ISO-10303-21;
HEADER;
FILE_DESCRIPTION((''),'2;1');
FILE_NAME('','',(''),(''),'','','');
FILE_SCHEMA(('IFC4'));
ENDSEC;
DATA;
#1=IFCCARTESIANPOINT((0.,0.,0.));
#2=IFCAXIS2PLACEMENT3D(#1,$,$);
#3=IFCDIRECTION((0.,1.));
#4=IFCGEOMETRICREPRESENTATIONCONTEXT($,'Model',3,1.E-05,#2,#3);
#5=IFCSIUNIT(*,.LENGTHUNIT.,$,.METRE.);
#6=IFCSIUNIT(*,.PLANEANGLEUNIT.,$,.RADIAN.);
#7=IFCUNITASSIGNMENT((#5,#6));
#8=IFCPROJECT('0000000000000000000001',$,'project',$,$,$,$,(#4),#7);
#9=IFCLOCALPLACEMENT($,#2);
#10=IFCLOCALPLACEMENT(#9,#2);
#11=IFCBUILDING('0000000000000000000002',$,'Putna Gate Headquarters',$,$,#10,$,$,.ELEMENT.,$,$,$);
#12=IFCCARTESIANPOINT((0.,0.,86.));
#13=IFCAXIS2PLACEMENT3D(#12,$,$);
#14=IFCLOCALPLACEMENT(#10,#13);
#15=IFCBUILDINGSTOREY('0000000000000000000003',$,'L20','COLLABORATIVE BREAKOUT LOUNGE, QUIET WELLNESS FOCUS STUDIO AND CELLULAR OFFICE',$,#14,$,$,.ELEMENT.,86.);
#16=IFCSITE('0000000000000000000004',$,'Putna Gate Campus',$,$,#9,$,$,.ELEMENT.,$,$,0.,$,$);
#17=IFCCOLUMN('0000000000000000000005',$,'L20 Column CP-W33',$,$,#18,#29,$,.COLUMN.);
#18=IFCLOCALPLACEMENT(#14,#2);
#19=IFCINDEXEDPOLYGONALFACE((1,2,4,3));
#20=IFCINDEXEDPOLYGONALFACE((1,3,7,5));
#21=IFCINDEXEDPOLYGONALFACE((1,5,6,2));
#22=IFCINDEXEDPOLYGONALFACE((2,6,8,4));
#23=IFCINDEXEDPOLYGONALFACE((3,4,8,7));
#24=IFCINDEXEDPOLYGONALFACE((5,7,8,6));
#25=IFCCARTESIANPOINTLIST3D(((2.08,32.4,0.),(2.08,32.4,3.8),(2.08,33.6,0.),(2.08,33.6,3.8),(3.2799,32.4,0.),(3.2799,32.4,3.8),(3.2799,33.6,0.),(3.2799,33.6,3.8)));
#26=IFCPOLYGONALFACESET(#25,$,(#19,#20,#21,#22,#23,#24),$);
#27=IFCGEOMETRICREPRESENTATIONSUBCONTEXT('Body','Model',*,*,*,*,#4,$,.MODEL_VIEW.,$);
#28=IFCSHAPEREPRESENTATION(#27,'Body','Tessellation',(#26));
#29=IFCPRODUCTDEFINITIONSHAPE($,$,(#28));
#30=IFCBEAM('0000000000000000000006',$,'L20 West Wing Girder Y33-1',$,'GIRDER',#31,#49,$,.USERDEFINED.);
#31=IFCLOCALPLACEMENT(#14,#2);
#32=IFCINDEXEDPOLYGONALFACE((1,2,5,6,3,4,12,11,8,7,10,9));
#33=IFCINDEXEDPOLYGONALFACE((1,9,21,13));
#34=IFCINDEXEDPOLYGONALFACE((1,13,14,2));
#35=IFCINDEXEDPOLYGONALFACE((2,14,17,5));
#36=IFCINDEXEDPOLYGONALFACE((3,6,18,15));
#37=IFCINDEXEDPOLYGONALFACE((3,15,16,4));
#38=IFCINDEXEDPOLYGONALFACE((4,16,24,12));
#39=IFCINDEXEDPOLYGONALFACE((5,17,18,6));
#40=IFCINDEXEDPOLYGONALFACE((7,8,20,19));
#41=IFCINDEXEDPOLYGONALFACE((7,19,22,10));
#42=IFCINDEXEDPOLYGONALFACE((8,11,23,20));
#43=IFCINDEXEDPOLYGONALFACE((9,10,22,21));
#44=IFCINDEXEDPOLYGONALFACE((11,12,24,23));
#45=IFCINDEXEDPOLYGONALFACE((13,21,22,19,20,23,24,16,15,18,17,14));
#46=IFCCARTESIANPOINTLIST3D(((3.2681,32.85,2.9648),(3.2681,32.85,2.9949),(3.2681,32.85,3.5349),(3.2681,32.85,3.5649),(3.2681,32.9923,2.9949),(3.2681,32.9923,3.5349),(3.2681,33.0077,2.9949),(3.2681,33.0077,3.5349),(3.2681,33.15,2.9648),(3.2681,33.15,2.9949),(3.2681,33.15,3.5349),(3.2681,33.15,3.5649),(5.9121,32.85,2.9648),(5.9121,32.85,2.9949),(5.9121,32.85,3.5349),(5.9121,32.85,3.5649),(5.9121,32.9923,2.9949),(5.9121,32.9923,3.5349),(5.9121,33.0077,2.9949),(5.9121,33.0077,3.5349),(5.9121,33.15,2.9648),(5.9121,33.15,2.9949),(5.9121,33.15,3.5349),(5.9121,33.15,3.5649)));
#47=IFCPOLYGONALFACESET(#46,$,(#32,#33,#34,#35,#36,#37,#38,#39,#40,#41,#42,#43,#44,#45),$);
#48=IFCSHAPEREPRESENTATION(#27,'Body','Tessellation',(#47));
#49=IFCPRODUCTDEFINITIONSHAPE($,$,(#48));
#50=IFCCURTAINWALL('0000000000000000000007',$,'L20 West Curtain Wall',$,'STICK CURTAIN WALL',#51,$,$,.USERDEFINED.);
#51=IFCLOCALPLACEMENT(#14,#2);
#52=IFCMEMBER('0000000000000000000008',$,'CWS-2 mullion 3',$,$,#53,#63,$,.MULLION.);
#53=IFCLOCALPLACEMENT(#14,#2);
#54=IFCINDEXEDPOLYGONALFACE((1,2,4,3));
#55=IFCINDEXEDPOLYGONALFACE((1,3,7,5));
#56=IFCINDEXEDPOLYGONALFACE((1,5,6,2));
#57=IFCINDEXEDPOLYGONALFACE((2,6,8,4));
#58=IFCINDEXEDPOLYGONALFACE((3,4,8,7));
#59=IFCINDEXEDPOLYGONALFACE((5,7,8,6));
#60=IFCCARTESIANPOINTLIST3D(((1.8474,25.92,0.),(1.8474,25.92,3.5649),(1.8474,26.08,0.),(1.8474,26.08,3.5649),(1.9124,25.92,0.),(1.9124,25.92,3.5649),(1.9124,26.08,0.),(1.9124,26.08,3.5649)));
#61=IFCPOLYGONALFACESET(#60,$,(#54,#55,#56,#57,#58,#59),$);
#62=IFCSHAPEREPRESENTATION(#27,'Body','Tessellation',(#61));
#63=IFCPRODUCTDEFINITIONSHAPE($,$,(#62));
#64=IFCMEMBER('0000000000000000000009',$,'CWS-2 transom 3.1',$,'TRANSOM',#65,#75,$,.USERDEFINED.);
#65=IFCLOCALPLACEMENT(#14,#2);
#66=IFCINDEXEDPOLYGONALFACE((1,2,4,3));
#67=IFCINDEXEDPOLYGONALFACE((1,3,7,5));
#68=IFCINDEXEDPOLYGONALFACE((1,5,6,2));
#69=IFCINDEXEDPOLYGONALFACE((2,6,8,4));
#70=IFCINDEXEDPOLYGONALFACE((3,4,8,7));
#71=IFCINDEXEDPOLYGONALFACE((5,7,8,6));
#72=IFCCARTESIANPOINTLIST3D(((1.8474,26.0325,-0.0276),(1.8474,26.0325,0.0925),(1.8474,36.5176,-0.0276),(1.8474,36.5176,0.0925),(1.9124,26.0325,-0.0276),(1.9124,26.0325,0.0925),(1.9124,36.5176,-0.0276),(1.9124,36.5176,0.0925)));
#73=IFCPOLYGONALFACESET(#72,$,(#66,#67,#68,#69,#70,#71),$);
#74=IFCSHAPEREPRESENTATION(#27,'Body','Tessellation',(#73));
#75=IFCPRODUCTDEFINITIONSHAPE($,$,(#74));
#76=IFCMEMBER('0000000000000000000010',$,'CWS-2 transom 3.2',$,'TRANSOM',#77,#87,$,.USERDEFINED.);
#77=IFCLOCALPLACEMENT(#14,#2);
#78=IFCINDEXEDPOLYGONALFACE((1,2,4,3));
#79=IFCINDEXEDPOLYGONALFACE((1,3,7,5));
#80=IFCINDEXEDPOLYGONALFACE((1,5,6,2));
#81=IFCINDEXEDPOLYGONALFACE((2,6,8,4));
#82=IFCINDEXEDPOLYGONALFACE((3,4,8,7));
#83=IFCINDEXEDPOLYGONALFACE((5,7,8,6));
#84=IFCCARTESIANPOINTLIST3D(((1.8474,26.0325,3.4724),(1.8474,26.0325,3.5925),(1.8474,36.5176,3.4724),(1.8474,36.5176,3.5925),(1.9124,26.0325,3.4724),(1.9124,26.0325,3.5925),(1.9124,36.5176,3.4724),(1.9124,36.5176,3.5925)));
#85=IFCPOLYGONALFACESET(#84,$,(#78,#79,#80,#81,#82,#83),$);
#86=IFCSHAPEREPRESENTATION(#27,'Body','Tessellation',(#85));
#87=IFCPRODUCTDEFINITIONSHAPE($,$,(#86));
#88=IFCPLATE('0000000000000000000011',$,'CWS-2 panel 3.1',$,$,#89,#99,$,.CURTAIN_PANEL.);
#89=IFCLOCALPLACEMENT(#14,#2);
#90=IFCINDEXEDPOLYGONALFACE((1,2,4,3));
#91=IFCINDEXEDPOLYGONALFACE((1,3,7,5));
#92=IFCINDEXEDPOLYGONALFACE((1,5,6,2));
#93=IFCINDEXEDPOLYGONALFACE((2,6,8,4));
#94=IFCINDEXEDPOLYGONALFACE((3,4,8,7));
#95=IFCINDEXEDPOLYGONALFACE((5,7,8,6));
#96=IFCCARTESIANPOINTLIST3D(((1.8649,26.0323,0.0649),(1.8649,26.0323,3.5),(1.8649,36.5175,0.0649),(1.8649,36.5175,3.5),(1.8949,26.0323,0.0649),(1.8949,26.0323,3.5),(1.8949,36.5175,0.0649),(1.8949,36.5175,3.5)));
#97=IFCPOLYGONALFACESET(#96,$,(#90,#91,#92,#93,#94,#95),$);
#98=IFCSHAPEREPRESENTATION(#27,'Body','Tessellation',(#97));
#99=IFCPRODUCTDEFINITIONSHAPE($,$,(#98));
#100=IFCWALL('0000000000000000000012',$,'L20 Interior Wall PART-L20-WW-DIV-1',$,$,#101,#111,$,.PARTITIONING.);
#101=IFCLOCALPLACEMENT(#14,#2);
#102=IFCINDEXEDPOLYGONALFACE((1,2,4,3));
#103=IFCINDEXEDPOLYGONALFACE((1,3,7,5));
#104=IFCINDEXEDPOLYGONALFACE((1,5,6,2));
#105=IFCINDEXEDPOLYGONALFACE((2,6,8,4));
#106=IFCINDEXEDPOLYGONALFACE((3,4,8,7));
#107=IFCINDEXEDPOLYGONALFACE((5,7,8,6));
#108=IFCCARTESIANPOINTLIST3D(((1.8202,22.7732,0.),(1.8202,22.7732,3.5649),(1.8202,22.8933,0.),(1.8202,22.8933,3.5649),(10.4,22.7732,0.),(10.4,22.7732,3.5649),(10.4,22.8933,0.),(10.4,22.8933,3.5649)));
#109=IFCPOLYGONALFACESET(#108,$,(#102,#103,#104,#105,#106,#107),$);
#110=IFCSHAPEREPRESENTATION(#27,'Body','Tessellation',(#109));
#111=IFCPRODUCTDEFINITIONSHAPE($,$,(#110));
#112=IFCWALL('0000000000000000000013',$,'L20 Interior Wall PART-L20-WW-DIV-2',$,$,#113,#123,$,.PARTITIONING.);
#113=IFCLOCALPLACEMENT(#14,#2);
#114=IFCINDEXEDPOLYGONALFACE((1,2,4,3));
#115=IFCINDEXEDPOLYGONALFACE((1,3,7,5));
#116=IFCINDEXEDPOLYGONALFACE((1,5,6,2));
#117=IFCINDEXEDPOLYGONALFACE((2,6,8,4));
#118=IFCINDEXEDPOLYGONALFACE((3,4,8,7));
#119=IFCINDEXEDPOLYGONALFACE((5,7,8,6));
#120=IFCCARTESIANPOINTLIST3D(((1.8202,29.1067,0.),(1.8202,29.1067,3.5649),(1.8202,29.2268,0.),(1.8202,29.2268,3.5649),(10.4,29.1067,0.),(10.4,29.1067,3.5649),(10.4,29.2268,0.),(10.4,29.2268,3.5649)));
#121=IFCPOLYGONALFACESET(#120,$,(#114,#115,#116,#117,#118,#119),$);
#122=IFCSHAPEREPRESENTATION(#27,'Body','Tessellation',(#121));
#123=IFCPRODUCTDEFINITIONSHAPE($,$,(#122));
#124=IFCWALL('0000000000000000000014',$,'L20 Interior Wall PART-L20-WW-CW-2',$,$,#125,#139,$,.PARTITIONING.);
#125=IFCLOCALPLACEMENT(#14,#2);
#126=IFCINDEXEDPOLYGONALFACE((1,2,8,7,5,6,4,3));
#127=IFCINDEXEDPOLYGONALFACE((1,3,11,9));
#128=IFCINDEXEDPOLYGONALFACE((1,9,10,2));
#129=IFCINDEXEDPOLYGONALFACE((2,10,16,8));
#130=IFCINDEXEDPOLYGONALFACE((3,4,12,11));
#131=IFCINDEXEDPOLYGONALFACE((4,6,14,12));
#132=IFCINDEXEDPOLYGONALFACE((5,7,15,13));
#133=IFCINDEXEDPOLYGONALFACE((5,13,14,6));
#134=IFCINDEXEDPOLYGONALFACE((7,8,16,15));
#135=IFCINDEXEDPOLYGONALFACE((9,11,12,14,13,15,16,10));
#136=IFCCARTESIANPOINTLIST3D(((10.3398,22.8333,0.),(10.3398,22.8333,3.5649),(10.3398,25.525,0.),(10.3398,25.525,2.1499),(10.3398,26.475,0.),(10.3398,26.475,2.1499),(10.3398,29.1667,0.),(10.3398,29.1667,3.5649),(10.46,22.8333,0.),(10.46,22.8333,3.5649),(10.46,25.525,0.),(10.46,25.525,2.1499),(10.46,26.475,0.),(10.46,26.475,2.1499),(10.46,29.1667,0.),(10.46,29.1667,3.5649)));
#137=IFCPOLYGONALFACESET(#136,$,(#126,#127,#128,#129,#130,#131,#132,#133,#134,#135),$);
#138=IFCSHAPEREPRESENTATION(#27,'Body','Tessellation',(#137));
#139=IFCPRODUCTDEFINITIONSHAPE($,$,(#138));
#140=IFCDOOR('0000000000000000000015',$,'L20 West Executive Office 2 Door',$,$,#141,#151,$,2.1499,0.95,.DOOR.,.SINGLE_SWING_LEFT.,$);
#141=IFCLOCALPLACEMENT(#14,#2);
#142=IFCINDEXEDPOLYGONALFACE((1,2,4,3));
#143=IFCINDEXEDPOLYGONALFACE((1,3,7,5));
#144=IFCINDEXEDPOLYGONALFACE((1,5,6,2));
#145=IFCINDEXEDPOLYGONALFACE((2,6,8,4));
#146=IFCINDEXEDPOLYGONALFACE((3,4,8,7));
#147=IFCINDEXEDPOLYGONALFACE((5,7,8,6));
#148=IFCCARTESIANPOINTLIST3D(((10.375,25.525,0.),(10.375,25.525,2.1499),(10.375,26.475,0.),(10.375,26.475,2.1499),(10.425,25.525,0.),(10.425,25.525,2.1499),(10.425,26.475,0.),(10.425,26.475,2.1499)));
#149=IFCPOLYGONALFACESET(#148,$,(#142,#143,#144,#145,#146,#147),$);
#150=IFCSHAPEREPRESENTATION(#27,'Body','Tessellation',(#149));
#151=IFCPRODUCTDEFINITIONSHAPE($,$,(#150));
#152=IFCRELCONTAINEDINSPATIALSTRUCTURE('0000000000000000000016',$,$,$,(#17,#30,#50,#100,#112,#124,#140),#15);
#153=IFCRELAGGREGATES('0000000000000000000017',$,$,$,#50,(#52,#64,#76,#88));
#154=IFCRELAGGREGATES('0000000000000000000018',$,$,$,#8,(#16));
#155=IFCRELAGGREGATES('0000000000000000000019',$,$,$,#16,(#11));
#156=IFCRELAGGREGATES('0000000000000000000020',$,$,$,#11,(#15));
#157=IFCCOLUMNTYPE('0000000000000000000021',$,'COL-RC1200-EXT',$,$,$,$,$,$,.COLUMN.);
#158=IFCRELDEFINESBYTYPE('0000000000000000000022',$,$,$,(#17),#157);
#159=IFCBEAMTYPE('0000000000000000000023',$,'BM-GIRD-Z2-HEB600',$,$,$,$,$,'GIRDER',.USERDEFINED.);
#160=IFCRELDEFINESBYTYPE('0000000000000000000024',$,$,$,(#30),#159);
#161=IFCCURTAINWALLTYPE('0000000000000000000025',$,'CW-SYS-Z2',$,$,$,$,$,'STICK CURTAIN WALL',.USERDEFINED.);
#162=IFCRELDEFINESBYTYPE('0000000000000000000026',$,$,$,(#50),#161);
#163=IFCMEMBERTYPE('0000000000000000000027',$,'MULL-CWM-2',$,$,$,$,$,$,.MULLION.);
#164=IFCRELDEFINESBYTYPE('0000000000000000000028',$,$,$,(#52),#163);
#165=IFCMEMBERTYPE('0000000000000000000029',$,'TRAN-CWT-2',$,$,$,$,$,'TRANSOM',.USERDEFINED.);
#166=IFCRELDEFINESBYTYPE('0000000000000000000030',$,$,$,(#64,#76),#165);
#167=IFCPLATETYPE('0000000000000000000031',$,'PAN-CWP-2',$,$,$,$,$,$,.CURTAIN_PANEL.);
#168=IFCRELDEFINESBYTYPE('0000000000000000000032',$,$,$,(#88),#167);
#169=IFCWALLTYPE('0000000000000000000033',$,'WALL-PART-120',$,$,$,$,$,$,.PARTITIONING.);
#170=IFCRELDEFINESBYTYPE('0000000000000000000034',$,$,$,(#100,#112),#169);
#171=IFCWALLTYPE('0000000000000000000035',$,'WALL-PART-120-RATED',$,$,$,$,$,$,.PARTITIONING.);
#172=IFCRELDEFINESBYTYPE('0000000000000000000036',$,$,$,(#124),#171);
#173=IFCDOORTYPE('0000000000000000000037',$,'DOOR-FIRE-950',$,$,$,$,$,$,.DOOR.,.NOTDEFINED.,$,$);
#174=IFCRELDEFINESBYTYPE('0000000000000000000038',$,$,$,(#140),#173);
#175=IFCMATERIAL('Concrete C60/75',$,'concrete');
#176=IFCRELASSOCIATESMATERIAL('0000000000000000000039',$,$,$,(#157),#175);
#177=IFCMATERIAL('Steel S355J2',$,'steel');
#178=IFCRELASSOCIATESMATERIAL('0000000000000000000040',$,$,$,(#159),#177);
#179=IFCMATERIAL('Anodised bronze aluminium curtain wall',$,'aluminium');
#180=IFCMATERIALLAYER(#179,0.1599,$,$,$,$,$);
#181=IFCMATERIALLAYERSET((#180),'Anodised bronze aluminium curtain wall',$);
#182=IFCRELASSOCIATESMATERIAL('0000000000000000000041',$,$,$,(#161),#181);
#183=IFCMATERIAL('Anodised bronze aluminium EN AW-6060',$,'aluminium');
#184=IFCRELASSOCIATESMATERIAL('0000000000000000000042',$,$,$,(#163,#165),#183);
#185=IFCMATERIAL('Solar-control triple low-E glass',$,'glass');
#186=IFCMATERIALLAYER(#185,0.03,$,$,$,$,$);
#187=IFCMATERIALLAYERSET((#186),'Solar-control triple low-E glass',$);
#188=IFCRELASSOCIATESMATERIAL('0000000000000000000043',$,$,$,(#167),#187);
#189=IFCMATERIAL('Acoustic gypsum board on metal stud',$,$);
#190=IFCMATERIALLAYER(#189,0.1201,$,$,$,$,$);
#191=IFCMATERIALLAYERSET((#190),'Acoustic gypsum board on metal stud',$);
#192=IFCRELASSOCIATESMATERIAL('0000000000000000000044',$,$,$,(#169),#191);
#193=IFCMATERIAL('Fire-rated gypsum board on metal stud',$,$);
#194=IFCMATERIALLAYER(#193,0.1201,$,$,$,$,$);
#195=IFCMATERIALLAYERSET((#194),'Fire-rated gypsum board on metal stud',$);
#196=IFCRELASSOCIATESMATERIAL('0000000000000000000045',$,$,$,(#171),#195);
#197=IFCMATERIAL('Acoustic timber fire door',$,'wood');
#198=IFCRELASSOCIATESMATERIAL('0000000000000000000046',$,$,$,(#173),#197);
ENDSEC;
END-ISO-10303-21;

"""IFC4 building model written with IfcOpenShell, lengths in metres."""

from ifc_helpers import new_model, si_unit, direction, frame, frame_2d, origin, origin_2d, place, context, subcontext, project, spatial, rectangle, i_section, extrude, material, layer, layer_set, material_profile, profile_set, type_object, element, fill, aggregate, save


model = new_model("IFC4")

# Units and contexts
model_context = context("Model", 3, precision=1e-05, world=origin(), true_north=direction((0.0, 1.0)))
body_context = subcontext(model_context, "Body", "Model", "MODEL_VIEW")
ifc_project = project(units=[si_unit("LENGTHUNIT", "METRE"), si_unit("PLANEANGLEUNIT", "RADIAN")], contexts=[model_context])

# Site, building, storey
site_placement = place(None, origin())
site = spatial("IfcSite", under=ifc_project, at=site_placement, Name="Putna Gate Campus", CompositionType="ELEMENT", RefElevation=0.0)
building_placement = place(site_placement, origin())
building = spatial("IfcBuilding", under=site, at=building_placement, Name="Putna Gate Headquarters", CompositionType="ELEMENT")
storey_placement = place(building_placement, frame((0.0, 0.0, 86.0)))
storey = spatial("IfcBuildingStorey", under=building, at=storey_placement, Name="L20", Description="COLLABORATIVE BREAKOUT LOUNGE, QUIET WELLNESS FOCUS STUDIO AND CELLULAR OFFICE", CompositionType="ELEMENT", Elevation=86.0)

# Column
ifc_material_1 = material(Name="Concrete C60/75", Category="concrete")
ifc_material_profile_1 = material_profile(ifc_material_1, rectangle(XDim=1.2, YDim=1.2, at=origin_2d()), Name="Concrete C60/75")
ifc_profile_set_1 = profile_set([ifc_material_profile_1], Name="Concrete C60/75")
column_type = type_object("IfcColumnType", Name="COL-RC1200-EXT", PredefinedType="COLUMN", material=ifc_profile_set_1)
column_placement = place(storey_placement, frame((2.6799, 33.0, 0.0), z_axis=(0.0, 0.0, 1.0), x_axis=(1.0, 0.0, 0.0)))
element("IfcColumn", 1, at=column_placement, inside=storey, type_object=column_type, Name="L20 Column CP-W33", PredefinedType="COLUMN", context=body_context, shape_type="SweptSolid", body=[
    extrude(rectangle(XDim=1.2, YDim=1.2, at=origin_2d()), origin(), (0.0, 0.0, 1.0), 3.8),
])

# Beam
ifc_material_2 = material(Name="Steel S355J2", Category="steel")
ifc_material_profile_2 = material_profile(ifc_material_2, i_section(OverallWidth=0.3, OverallDepth=0.6001, WebThickness=0.0154, FlangeThickness=0.03, at=origin_2d()), Name="Steel S355J2")
ifc_profile_set_2 = profile_set([ifc_material_profile_2], Name="Steel S355J2")
beam_type = type_object("IfcBeamType", Name="BM-GIRD-Z2-HEB600", ElementType="GIRDER", PredefinedType="USERDEFINED", material=ifc_profile_set_2)
beam_placement = place(storey_placement, frame((3.2681, 33.0, 3.2649), z_axis=(1.0, 0.0, 0.0), x_axis=(0.0, 1.0, 0.0)))
element("IfcBeam", 2, at=beam_placement, inside=storey, type_object=beam_type, Name="L20 West Wing Girder Y33-1", ObjectType="GIRDER", PredefinedType="USERDEFINED", context=body_context, shape_type="SweptSolid", body=[
    extrude(i_section(OverallWidth=0.3, OverallDepth=0.6001, WebThickness=0.0154, FlangeThickness=0.03, at=origin_2d()), origin(), (0.0, 0.0, 1.0), 2.644),
])

# Curtain wall, members, plate
ifc_material_3 = material(Name="Anodised bronze aluminium curtain wall", Category="aluminium")
ifc_layer_1 = layer(ifc_material_3, 0.1599)
ifc_layer_set_1 = layer_set([ifc_layer_1], Name="Anodised bronze aluminium curtain wall")
curtain_wall_type = type_object("IfcCurtainWallType", Name="CW-SYS-Z2", ElementType="STICK CURTAIN WALL", PredefinedType="USERDEFINED", material=ifc_layer_set_1)
curtain_wall_placement = place(storey_placement, origin())
curtain_wall = element("IfcCurtainWall", 3, at=curtain_wall_placement, inside=storey, type_object=curtain_wall_type, Name="L20 West Curtain Wall", ObjectType="STICK CURTAIN WALL", PredefinedType="USERDEFINED")
ifc_material_4 = material(Name="Anodised bronze aluminium EN AW-6060", Category="aluminium")
ifc_material_profile_3 = material_profile(ifc_material_4, rectangle(XDim=0.0649, YDim=0.1599, at=origin_2d()), Name="Anodised bronze aluminium EN AW-6060")
ifc_profile_set_3 = profile_set([ifc_material_profile_3], Name="Anodised bronze aluminium EN AW-6060")
member_type_1 = type_object("IfcMemberType", Name="MULL-CWM-2", PredefinedType="MULLION", material=ifc_profile_set_3)
member_1_placement = place(storey_placement, frame((1.8799, 26.0, 0.0), z_axis=(0.0, 0.0, 1.0), x_axis=(-1.0, 0.0, 0.0)))
member_1 = element("IfcMember", 4, at=member_1_placement, type_object=member_type_1, Name="CWS-2 mullion 3", PredefinedType="MULLION", context=body_context, shape_type="SweptSolid", body=[
    extrude(rectangle(XDim=0.0649, YDim=0.1599, at=origin_2d()), origin(), (0.0, 0.0, 1.0), 3.5649),
])
ifc_material_profile_4 = material_profile(ifc_material_4, rectangle(XDim=0.0649, YDim=0.1201, at=origin_2d()), Name="Anodised bronze aluminium EN AW-6060")
ifc_profile_set_4 = profile_set([ifc_material_profile_4], Name="Anodised bronze aluminium EN AW-6060")
member_type_2 = type_object("IfcMemberType", Name="TRAN-CWT-2", ElementType="TRANSOM", PredefinedType="USERDEFINED", material=ifc_profile_set_4)
member_2_placement = place(storey_placement, frame((1.8799, 26.0325, 0.0325), z_axis=(0.0, 1.0, 0.0), x_axis=(-1.0, 0.0, 0.0)))
member_2 = element("IfcMember", 5, at=member_2_placement, type_object=member_type_2, Name="CWS-2 transom 3.1", ObjectType="TRANSOM", PredefinedType="USERDEFINED", context=body_context, shape_type="SweptSolid", body=[
    extrude(rectangle(XDim=0.0649, YDim=0.1201, at=origin_2d()), origin(), (0.0, 0.0, 1.0), 10.4851),
])
member_3_placement = place(storey_placement, frame((1.8799, 26.0325, 3.5325), z_axis=(0.0, 1.0, 0.0), x_axis=(-1.0, 0.0, 0.0)))
member_3 = element("IfcMember", 6, at=member_3_placement, type_object=member_type_2, Name="CWS-2 transom 3.2", ObjectType="TRANSOM", PredefinedType="USERDEFINED", context=body_context, shape_type="SweptSolid", body=[
    extrude(rectangle(XDim=0.0649, YDim=0.1201, at=origin_2d()), origin(), (0.0, 0.0, 1.0), 10.4851),
])
ifc_material_5 = material(Name="Solar-control triple low-E glass", Category="glass")
ifc_layer_2 = layer(ifc_material_5, 0.03)
ifc_layer_set_2 = layer_set([ifc_layer_2], Name="Solar-control triple low-E glass")
plate_type = type_object("IfcPlateType", Name="PAN-CWP-2", PredefinedType="CURTAIN_PANEL", material=ifc_layer_set_2)
plate_placement = place(storey_placement, frame((1.8799, 31.2749, 0.0649), z_axis=(0.0, 0.0, 1.0), x_axis=(0.0, 1.0, 0.0)))
plate = element("IfcPlate", 7, at=plate_placement, type_object=plate_type, Name="CWS-2 panel 3.1", PredefinedType="CURTAIN_PANEL", context=body_context, shape_type="SweptSolid", body=[
    extrude(rectangle(XDim=10.4851, YDim=0.03, at=origin_2d()), origin(), (0.0, 0.0, 1.0), 3.4351),
])
aggregate(curtain_wall, [member_1, member_2, member_3, plate])

# Walls
ifc_material_6 = material(Name="Acoustic gypsum board on metal stud")
ifc_layer_3 = layer(ifc_material_6, 0.1201)
ifc_layer_set_3 = layer_set([ifc_layer_3], Name="Acoustic gypsum board on metal stud")
wall_type_1 = type_object("IfcWallType", Name="WALL-PART-120", PredefinedType="PARTITIONING", material=ifc_layer_set_3)
for number, where, z_axis, x_axis, name in (
    (8, (1.8201, 22.8333, 0.0), (0.0, 0.0, 1.0), (1.0, 0.0, 0.0), "L20 Interior Wall PART-L20-WW-DIV-1"),
    (9, (1.8201, 29.1667, 0.0), (0.0, 0.0, 1.0), (1.0, 0.0, 0.0), "L20 Interior Wall PART-L20-WW-DIV-2"),
):
    element("IfcWall", number, at=place(storey_placement, frame(where, z_axis=z_axis, x_axis=x_axis)), inside=storey, type_object=wall_type_1, Name=name, PredefinedType="PARTITIONING", context=body_context, shape_type="SweptSolid", body=[
        extrude(rectangle(XDim=8.5798, YDim=0.1201, at=frame_2d((4.29, 0.0))), origin(), (0.0, 0.0, 1.0), 3.5649),
    ])

# Wall, opening, door
ifc_material_7 = material(Name="Fire-rated gypsum board on metal stud")
ifc_layer_4 = layer(ifc_material_7, 0.1201)
ifc_layer_set_4 = layer_set([ifc_layer_4], Name="Fire-rated gypsum board on metal stud")
wall_type_2 = type_object("IfcWallType", Name="WALL-PART-120-RATED", PredefinedType="PARTITIONING", material=ifc_layer_set_4)
wall_1_placement = place(storey_placement, frame((10.3999, 22.8333, 0.0), z_axis=(0.0, 0.0, 1.0), x_axis=(0.0, 1.0, 0.0)))
wall_1 = element("IfcWall", 10, at=wall_1_placement, inside=storey, type_object=wall_type_2, Name="L20 Interior Wall PART-L20-WW-CW-2", PredefinedType="PARTITIONING", context=body_context, shape_type="SweptSolid", body=[
    extrude(rectangle(XDim=6.3335, YDim=0.1201, at=frame_2d((3.1667, 0.0))), origin(), (0.0, 0.0, 1.0), 3.5649),
])
opening_1_placement = place(wall_1_placement, frame((2.6917, 0.0, 0.0)))
opening_1 = element("IfcOpeningElement", 11, at=opening_1_placement, cuts=wall_1, PredefinedType="OPENING", context=body_context, shape_type="SweptSolid", body=[
    extrude(rectangle(XDim=0.95, YDim=2.1499, at=frame_2d((0.4751, 1.075))), frame((0.0, 0.0701, 0.0), z_axis=(0.0, -1.0, 0.0), x_axis=(1.0, 0.0, 0.0)), (0.0, 0.0, 1.0), 0.1401),
])
ifc_material_8 = material(Name="Acoustic timber fire door", Category="wood")
door_type_1 = type_object("IfcDoorType", Name="DOOR-FIRE-950", OperationType="NOTDEFINED", PredefinedType="DOOR", material=ifc_material_8)
door_1_placement = place(opening_1_placement, origin())
door_1 = element("IfcDoor", 12, at=door_1_placement, inside=storey, type_object=door_type_1, Name="L20 West Executive Office 2 Door", OperationType="SINGLE_SWING_LEFT", OverallHeight=2.1499, OverallWidth=0.95, PredefinedType="DOOR", context=body_context, shape_type="SweptSolid", body=[
    extrude(rectangle(XDim=0.95, YDim=2.1499, at=frame_2d((0.4751, 1.075))), frame((0.0, 0.0249, 0.0), z_axis=(0.0, -1.0, 0.0), x_axis=(1.0, 0.0, 0.0)), (0.0, 0.0, 1.0), 0.05),
])
fill(opening_1, door_1)

save(model, "model.ifc")
